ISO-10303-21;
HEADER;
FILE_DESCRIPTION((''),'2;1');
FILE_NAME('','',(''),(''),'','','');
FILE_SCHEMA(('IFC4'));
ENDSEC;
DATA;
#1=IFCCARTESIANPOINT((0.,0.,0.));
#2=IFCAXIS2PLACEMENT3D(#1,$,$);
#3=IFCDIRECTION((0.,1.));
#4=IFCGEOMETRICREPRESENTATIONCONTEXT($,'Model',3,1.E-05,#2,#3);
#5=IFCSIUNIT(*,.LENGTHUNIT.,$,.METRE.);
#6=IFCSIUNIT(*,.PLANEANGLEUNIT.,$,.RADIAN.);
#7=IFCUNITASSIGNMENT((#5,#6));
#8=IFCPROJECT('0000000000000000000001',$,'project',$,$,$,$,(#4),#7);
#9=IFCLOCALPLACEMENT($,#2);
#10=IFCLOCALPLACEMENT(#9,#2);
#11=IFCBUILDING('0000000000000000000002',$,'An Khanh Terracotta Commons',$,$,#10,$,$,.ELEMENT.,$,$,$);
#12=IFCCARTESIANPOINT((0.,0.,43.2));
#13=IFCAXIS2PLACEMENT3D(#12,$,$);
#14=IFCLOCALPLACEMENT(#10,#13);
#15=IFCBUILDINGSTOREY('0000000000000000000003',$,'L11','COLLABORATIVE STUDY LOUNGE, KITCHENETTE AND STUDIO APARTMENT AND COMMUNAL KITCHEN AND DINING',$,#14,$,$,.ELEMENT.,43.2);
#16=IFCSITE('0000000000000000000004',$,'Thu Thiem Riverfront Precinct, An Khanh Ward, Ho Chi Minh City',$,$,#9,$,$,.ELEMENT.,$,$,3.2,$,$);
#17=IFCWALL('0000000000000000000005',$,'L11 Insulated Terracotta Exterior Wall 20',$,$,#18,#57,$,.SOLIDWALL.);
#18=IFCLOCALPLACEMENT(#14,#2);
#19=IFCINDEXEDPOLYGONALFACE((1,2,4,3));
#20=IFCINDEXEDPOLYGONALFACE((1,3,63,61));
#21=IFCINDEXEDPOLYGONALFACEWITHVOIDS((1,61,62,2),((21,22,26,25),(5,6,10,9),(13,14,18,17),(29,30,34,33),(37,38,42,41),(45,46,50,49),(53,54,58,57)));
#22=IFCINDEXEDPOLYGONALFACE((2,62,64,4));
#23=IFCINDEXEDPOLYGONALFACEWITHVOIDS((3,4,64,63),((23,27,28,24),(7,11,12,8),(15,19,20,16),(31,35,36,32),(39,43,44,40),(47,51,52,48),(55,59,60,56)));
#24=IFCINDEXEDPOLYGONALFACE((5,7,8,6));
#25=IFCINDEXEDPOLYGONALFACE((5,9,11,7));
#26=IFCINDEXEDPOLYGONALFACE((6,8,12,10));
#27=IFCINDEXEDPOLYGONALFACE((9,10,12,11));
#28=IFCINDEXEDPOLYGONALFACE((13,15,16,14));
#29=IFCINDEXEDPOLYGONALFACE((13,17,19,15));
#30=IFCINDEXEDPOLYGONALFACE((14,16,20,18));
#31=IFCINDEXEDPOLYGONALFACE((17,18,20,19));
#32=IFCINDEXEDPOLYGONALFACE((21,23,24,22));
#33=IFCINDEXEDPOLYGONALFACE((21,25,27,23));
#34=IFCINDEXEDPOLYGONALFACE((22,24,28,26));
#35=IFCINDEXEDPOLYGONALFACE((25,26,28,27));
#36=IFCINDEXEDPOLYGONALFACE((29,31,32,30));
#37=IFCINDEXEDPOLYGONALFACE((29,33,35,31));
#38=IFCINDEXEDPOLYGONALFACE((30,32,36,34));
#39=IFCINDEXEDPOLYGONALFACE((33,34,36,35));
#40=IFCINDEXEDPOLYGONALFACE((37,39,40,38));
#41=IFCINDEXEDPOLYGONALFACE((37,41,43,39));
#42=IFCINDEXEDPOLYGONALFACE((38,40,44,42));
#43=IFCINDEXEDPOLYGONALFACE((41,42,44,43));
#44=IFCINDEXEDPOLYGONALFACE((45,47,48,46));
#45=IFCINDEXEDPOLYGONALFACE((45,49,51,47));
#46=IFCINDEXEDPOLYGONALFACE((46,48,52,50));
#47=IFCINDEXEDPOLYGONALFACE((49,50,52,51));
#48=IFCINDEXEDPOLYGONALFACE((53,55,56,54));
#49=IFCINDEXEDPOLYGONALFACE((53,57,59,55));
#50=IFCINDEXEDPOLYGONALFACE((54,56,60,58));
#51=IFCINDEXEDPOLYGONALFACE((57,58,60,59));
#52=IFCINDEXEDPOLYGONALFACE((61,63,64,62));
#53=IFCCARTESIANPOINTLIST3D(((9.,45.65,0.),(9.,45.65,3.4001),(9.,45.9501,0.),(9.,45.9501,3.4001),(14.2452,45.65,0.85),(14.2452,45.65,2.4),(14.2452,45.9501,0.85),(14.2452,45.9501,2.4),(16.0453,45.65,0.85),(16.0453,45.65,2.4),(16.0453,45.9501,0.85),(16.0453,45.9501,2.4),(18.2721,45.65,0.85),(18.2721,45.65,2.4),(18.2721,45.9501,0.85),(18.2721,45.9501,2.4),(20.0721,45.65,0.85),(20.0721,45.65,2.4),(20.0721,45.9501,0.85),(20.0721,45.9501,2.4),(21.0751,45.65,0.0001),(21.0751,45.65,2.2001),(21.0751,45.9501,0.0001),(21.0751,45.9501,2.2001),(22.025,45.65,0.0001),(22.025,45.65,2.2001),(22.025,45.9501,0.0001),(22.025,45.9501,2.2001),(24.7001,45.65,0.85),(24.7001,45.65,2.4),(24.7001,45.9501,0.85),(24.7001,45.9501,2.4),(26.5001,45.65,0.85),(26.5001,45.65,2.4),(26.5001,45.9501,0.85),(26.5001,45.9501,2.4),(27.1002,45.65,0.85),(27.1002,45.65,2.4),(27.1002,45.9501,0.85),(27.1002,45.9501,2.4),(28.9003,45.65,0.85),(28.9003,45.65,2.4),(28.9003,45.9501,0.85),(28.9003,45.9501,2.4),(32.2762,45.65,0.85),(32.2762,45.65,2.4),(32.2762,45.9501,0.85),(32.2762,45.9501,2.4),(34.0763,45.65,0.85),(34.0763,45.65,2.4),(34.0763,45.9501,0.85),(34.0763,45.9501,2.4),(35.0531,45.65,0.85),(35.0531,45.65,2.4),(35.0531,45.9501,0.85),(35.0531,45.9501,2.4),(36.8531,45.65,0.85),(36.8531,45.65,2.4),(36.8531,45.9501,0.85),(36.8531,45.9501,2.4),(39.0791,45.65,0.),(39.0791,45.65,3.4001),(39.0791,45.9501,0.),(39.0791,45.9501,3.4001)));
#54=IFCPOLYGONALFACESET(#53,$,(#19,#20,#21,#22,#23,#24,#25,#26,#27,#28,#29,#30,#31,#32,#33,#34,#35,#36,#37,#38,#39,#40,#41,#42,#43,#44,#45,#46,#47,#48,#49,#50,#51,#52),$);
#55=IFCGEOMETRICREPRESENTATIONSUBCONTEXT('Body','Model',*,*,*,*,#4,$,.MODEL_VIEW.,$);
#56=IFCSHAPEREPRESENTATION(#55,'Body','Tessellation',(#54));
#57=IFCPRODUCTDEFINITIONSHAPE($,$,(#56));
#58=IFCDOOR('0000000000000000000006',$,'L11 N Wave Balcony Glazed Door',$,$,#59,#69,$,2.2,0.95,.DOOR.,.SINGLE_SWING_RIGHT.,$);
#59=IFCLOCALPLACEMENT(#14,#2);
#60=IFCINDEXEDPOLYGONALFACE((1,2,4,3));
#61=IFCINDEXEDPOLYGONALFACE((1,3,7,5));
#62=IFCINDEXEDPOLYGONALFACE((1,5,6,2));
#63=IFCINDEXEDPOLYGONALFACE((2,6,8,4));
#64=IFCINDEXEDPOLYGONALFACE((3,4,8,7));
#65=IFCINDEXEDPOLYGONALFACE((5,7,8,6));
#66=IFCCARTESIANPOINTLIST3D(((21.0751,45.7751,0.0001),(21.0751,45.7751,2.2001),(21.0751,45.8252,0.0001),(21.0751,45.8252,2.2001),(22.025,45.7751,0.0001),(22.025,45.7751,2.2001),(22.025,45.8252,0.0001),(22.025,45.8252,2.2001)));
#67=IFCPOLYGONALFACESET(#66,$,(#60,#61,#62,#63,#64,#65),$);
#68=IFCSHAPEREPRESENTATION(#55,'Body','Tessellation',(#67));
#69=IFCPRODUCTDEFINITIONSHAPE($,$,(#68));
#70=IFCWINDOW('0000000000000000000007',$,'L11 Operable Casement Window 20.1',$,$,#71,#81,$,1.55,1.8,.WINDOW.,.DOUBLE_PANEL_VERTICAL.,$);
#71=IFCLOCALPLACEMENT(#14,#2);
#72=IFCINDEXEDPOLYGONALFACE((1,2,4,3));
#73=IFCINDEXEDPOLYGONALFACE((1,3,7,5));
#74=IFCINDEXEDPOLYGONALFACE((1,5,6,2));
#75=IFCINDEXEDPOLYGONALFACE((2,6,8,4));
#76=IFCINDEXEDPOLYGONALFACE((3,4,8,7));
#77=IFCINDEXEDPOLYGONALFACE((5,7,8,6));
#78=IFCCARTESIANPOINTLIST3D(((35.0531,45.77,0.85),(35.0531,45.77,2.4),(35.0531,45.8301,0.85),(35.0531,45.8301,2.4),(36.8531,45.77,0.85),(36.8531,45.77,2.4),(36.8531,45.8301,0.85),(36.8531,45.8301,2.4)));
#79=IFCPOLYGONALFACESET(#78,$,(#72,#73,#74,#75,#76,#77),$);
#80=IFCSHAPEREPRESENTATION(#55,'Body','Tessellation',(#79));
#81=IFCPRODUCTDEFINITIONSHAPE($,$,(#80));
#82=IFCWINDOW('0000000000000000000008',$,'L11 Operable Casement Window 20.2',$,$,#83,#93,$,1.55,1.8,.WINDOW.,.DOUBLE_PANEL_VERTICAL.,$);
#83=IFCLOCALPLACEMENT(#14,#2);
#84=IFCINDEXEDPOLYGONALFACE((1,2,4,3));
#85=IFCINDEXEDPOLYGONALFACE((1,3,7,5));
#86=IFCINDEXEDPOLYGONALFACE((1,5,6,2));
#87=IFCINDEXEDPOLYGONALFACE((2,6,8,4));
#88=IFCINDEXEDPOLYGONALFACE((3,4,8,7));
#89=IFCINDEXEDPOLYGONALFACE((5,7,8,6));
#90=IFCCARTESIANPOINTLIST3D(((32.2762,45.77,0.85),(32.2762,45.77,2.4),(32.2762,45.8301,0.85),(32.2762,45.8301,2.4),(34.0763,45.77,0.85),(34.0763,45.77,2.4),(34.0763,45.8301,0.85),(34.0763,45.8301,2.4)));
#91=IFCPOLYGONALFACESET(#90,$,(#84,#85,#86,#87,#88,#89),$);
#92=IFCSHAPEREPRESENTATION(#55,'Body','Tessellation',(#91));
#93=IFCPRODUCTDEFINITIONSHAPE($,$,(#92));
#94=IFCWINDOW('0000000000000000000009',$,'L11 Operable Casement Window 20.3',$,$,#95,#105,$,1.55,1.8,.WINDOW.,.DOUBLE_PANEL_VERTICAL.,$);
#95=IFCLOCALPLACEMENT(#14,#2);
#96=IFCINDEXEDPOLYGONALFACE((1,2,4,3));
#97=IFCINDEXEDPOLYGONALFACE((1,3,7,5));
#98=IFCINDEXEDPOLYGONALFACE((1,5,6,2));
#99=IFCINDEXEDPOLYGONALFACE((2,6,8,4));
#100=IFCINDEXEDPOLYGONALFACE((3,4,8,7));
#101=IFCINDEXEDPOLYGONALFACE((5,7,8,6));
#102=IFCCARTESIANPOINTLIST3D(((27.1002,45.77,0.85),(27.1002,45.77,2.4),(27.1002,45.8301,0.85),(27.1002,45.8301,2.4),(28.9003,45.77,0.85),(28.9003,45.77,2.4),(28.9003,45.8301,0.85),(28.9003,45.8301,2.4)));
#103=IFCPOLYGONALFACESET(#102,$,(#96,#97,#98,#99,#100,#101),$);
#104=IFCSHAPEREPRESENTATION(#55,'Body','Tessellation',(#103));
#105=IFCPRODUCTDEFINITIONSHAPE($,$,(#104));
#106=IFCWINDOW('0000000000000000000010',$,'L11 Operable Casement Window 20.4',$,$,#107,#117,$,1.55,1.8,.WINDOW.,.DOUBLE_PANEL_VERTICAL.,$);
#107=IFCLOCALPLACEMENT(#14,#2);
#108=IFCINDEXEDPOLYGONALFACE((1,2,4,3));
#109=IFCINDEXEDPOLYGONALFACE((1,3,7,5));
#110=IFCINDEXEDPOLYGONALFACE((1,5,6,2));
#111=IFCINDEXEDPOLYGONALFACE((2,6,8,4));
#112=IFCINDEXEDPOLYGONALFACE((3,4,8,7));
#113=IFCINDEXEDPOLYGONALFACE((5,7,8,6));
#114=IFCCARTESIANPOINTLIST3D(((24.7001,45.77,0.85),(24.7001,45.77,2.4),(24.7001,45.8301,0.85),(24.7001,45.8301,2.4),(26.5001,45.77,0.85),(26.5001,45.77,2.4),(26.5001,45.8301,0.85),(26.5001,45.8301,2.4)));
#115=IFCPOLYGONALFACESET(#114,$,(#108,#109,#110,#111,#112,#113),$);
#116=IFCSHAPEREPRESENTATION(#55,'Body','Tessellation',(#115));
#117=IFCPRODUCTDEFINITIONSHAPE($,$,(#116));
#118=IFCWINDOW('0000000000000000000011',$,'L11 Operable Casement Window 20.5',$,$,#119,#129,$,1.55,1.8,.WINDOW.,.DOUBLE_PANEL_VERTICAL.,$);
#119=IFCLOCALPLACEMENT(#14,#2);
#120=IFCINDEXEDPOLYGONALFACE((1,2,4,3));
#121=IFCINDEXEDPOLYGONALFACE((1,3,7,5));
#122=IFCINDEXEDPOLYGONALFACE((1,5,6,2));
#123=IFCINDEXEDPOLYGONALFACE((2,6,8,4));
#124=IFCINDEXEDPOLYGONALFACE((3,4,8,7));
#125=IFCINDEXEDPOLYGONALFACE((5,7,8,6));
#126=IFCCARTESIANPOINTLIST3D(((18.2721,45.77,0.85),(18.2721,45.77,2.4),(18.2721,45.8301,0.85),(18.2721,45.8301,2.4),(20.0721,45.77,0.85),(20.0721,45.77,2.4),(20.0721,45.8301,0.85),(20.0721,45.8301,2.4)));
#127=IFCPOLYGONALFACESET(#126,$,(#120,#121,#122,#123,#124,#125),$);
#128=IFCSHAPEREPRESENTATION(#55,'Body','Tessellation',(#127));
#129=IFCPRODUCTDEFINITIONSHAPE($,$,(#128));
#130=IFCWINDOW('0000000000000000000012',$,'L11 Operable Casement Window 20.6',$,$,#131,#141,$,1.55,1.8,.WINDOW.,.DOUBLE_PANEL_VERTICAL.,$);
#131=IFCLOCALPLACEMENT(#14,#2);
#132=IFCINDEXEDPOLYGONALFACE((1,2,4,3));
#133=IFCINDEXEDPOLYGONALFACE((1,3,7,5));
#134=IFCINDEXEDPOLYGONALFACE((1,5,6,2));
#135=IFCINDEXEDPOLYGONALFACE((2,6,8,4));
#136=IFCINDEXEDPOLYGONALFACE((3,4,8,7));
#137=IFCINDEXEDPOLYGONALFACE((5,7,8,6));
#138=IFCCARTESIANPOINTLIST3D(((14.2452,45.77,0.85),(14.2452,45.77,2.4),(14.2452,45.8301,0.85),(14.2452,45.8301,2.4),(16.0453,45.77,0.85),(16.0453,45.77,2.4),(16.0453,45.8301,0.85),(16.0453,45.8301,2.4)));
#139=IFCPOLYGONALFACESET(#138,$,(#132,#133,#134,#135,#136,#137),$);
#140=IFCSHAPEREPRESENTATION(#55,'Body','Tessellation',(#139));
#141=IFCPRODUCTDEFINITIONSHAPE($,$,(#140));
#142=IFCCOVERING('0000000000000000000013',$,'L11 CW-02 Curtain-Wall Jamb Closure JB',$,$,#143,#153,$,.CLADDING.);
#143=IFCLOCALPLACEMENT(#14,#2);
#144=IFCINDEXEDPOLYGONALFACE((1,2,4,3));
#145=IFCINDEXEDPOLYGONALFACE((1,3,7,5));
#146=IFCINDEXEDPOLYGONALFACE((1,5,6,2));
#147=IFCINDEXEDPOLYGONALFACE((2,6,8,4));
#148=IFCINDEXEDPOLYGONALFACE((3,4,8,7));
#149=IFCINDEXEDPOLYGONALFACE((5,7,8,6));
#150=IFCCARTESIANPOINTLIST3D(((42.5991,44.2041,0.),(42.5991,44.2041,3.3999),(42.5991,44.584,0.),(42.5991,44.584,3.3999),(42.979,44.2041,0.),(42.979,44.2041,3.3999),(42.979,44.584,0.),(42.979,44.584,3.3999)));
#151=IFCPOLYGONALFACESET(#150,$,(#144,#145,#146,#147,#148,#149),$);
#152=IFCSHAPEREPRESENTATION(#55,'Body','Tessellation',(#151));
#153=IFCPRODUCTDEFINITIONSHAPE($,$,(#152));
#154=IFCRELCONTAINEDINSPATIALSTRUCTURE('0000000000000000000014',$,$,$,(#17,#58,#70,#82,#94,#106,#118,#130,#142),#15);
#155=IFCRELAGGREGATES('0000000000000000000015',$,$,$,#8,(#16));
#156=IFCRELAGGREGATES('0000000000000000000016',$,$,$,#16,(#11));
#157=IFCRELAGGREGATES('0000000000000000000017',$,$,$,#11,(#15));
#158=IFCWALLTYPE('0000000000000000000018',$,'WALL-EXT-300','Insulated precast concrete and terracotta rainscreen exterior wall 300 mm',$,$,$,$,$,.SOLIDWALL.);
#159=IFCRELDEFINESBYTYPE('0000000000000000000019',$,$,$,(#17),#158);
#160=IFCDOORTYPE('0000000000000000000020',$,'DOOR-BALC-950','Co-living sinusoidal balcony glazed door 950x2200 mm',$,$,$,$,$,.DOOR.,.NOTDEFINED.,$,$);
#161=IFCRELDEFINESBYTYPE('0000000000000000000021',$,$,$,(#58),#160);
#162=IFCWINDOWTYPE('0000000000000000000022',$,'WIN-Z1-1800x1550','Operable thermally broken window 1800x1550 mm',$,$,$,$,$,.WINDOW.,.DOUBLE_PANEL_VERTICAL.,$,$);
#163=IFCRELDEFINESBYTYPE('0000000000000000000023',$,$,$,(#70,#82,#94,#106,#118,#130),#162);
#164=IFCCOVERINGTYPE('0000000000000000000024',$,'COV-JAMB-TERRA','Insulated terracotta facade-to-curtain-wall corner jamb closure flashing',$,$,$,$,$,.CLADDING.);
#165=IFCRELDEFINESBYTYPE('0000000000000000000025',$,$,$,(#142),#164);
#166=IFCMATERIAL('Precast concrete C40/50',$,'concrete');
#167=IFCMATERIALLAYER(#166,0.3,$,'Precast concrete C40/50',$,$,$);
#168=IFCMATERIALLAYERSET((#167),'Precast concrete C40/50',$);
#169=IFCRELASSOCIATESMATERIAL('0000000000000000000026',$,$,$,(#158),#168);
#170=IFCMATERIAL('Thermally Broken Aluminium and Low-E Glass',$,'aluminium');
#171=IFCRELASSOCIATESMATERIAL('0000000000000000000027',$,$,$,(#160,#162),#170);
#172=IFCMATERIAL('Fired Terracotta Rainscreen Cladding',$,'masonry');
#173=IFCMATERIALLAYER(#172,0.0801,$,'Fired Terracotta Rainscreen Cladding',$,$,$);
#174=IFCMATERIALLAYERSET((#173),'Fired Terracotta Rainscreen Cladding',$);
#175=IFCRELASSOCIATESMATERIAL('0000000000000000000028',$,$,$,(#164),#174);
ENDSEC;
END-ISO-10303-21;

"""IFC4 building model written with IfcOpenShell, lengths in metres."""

from ifc_helpers import new_model, si_unit, direction, frame, frame_2d, origin, origin_2d, place, context, subcontext, project, spatial, rectangle, extrude, material, layer, layer_set, type_object, element, fill, save


model = new_model("IFC4")

# Units and contexts
model_context = context("Model", 3, precision=1e-05, world=origin(), true_north=direction((0.0, 1.0)))
body_context = subcontext(model_context, "Body", "Model", "MODEL_VIEW")
ifc_project = project(units=[si_unit("LENGTHUNIT", "METRE"), si_unit("PLANEANGLEUNIT", "RADIAN")], contexts=[model_context])

# Site, building, storey
site_placement = place(None, origin())
site = spatial("IfcSite", under=ifc_project, at=site_placement, Name="Thu Thiem Riverfront Precinct, An Khanh Ward, Ho Chi Minh City", CompositionType="ELEMENT", RefElevation=3.2)
building_placement = place(site_placement, origin())
building = spatial("IfcBuilding", under=site, at=building_placement, Name="An Khanh Terracotta Commons", CompositionType="ELEMENT")
storey_placement = place(building_placement, frame((0.0, 0.0, 43.2)))
storey = spatial("IfcBuildingStorey", under=building, at=storey_placement, Name="L11", Description="COLLABORATIVE STUDY LOUNGE, KITCHENETTE AND STUDIO APARTMENT AND COMMUNAL KITCHEN AND DINING", CompositionType="ELEMENT", Elevation=43.2)

# Shared definitions
ifc_material_1 = material(Name="Precast concrete C40/50", Category="concrete")
ifc_layer_1 = layer(ifc_material_1, 0.3, Name="Precast concrete C40/50")
ifc_layer_set_1 = layer_set([ifc_layer_1], Name="Precast concrete C40/50")
wall_type_1 = type_object("IfcWallType", Name="WALL-EXT-300", Description="Insulated precast concrete and terracotta rainscreen exterior wall 300 mm", PredefinedType="SOLIDWALL", material=ifc_layer_set_1)

# Wall, openings, door, windows
wall_1_placement = place(storey_placement, frame((39.0791, 45.8, 0.0), z_axis=(0.0, 0.0, 1.0), x_axis=(-1.0, 0.0, 0.0)))
wall_1 = element("IfcWall", 1, at=wall_1_placement, inside=storey, type_object=wall_type_1, Name="L11 Insulated Terracotta Exterior Wall 20", PredefinedType="SOLIDWALL", context=body_context, shape_type="SweptSolid", body=[
    extrude(rectangle(XDim=30.0791, YDim=0.3, at=frame_2d((15.0396, 0.0))), origin(), (0.0, 0.0, 1.0), 3.4001),
])
opening_1_placement = place(wall_1_placement, frame((17.054, 0.0, 0.0)))
opening_1 = element("IfcOpeningElement", 2, at=opening_1_placement, cuts=wall_1, PredefinedType="OPENING", context=body_context, shape_type="SweptSolid", body=[
    extrude(rectangle(XDim=0.95, YDim=2.2, at=frame_2d((0.4751, 1.1001))), frame((0.0, 0.1599, 0.0), z_axis=(0.0, -1.0, 0.0), x_axis=(1.0, 0.0, 0.0)), (0.0, 0.0, 1.0), 0.3201),
])
opening_2_placement = place(wall_1_placement, frame((2.2261, 0.0, 0.8501)))
opening_2 = element("IfcOpeningElement", 3, at=opening_2_placement, cuts=wall_1, PredefinedType="OPENING", context=body_context, shape_type="SweptSolid", body=[
    extrude(rectangle(XDim=1.8, YDim=1.55, at=frame_2d((0.8999, 0.7749))), frame((0.0, 0.1599, 0.0), z_axis=(0.0, -1.0, 0.0), x_axis=(1.0, 0.0, 0.0)), (0.0, 0.0, 1.0), 0.3201),
])
opening_3_placement = place(wall_1_placement, frame((5.0029, 0.0, 0.8501)))
opening_3 = element("IfcOpeningElement", 4, at=opening_3_placement, cuts=wall_1, PredefinedType="OPENING", context=body_context, shape_type="SweptSolid", body=[
    extrude(rectangle(XDim=1.8, YDim=1.55, at=frame_2d((0.8999, 0.7749))), frame((0.0, 0.1599, 0.0), z_axis=(0.0, -1.0, 0.0), x_axis=(1.0, 0.0, 0.0)), (0.0, 0.0, 1.0), 0.3201),
])
opening_4_placement = place(wall_1_placement, frame((10.179, 0.0, 0.8501)))
opening_4 = element("IfcOpeningElement", 5, at=opening_4_placement, cuts=wall_1, PredefinedType="OPENING", context=body_context, shape_type="SweptSolid", body=[
    extrude(rectangle(XDim=1.8, YDim=1.55, at=frame_2d((0.8999, 0.7749))), frame((0.0, 0.1599, 0.0), z_axis=(0.0, -1.0, 0.0), x_axis=(1.0, 0.0, 0.0)), (0.0, 0.0, 1.0), 0.3201),
])
opening_5_placement = place(wall_1_placement, frame((12.5791, 0.0, 0.8501)))
opening_5 = element("IfcOpeningElement", 6, at=opening_5_placement, cuts=wall_1, PredefinedType="OPENING", context=body_context, shape_type="SweptSolid", body=[
    extrude(rectangle(XDim=1.8, YDim=1.55, at=frame_2d((0.8999, 0.7749))), frame((0.0, 0.1599, 0.0), z_axis=(0.0, -1.0, 0.0), x_axis=(1.0, 0.0, 0.0)), (0.0, 0.0, 1.0), 0.3201),
])
opening_6_placement = place(wall_1_placement, frame((19.0071, 0.0, 0.8501)))
opening_6 = element("IfcOpeningElement", 7, at=opening_6_placement, cuts=wall_1, PredefinedType="OPENING", context=body_context, shape_type="SweptSolid", body=[
    extrude(rectangle(XDim=1.8, YDim=1.55, at=frame_2d((0.8999, 0.7749))), frame((0.0, 0.1599, 0.0), z_axis=(0.0, -1.0, 0.0), x_axis=(1.0, 0.0, 0.0)), (0.0, 0.0, 1.0), 0.3201),
])
opening_7_placement = place(wall_1_placement, frame((23.0339, 0.0, 0.8501)))
opening_7 = element("IfcOpeningElement", 8, at=opening_7_placement, cuts=wall_1, PredefinedType="OPENING", context=body_context, shape_type="SweptSolid", body=[
    extrude(rectangle(XDim=1.8, YDim=1.55, at=frame_2d((0.8999, 0.7749))), frame((0.0, 0.1599, 0.0), z_axis=(0.0, -1.0, 0.0), x_axis=(1.0, 0.0, 0.0)), (0.0, 0.0, 1.0), 0.3201),
])
ifc_material_2 = material(Name="Thermally Broken Aluminium and Low-E Glass", Category="aluminium")
door_type_1 = type_object("IfcDoorType", Name="DOOR-BALC-950", Description="Co-living sinusoidal balcony glazed door 950x2200 mm", OperationType="NOTDEFINED", PredefinedType="DOOR", material=ifc_material_2)
door_1_placement = place(opening_1_placement, origin())
door_1 = element("IfcDoor", 9, at=door_1_placement, inside=storey, type_object=door_type_1, Name="L11 N Wave Balcony Glazed Door", OperationType="SINGLE_SWING_RIGHT", OverallHeight=2.2, OverallWidth=0.95, PredefinedType="DOOR", context=body_context, shape_type="SweptSolid", body=[
    extrude(rectangle(XDim=0.95, YDim=2.2, at=frame_2d((0.4751, 1.1001))), frame((0.0, 0.0249, 0.0), z_axis=(0.0, -1.0, 0.0), x_axis=(1.0, 0.0, 0.0)), (0.0, 0.0, 1.0), 0.05),
])
fill(opening_1, door_1)
window_type = type_object("IfcWindowType", Name="WIN-Z1-1800x1550", Description="Operable thermally broken window 1800x1550 mm", PartitioningType="DOUBLE_PANEL_VERTICAL", PredefinedType="WINDOW", material=ifc_material_2)
window_1_placement = place(opening_2_placement, origin())
window_1 = element("IfcWindow", 10, at=window_1_placement, inside=storey, type_object=window_type, Name="L11 Operable Casement Window 20.1", OverallHeight=1.55, OverallWidth=1.8, PartitioningType="DOUBLE_PANEL_VERTICAL", PredefinedType="WINDOW", context=body_context, shape_type="SweptSolid", body=[
    extrude(rectangle(XDim=1.8, YDim=1.55, at=frame_2d((0.8999, 0.7749))), frame((0.0, 0.03, 0.0), z_axis=(0.0, -1.0, 0.0), x_axis=(1.0, 0.0, 0.0)), (0.0, 0.0, 1.0), 0.0601),
])
fill(opening_2, window_1)
window_2_placement = place(opening_3_placement, origin())
window_2 = element("IfcWindow", 11, at=window_2_placement, inside=storey, type_object=window_type, Name="L11 Operable Casement Window 20.2", OverallHeight=1.55, OverallWidth=1.8, PartitioningType="DOUBLE_PANEL_VERTICAL", PredefinedType="WINDOW", context=body_context, shape_type="SweptSolid", body=[
    extrude(rectangle(XDim=1.8, YDim=1.55, at=frame_2d((0.8999, 0.7749))), frame((0.0, 0.03, 0.0), z_axis=(0.0, -1.0, 0.0), x_axis=(1.0, 0.0, 0.0)), (0.0, 0.0, 1.0), 0.0601),
])
fill(opening_3, window_2)
window_3_placement = place(opening_4_placement, origin())
window_3 = element("IfcWindow", 12, at=window_3_placement, inside=storey, type_object=window_type, Name="L11 Operable Casement Window 20.3", OverallHeight=1.55, OverallWidth=1.8, PartitioningType="DOUBLE_PANEL_VERTICAL", PredefinedType="WINDOW", context=body_context, shape_type="SweptSolid", body=[
    extrude(rectangle(XDim=1.8, YDim=1.55, at=frame_2d((0.8999, 0.7749))), frame((0.0, 0.03, 0.0), z_axis=(0.0, -1.0, 0.0), x_axis=(1.0, 0.0, 0.0)), (0.0, 0.0, 1.0), 0.0601),
])
fill(opening_4, window_3)
window_4_placement = place(opening_5_placement, origin())
window_4 = element("IfcWindow", 13, at=window_4_placement, inside=storey, type_object=window_type, Name="L11 Operable Casement Window 20.4", OverallHeight=1.55, OverallWidth=1.8, PartitioningType="DOUBLE_PANEL_VERTICAL", PredefinedType="WINDOW", context=body_context, shape_type="SweptSolid", body=[
    extrude(rectangle(XDim=1.8, YDim=1.55, at=frame_2d((0.8999, 0.7749))), frame((0.0, 0.03, 0.0), z_axis=(0.0, -1.0, 0.0), x_axis=(1.0, 0.0, 0.0)), (0.0, 0.0, 1.0), 0.0601),
])
fill(opening_5, window_4)
window_5_placement = place(opening_6_placement, origin())
window_5 = element("IfcWindow", 14, at=window_5_placement, inside=storey, type_object=window_type, Name="L11 Operable Casement Window 20.5", OverallHeight=1.55, OverallWidth=1.8, PartitioningType="DOUBLE_PANEL_VERTICAL", PredefinedType="WINDOW", context=body_context, shape_type="SweptSolid", body=[
    extrude(rectangle(XDim=1.8, YDim=1.55, at=frame_2d((0.8999, 0.7749))), frame((0.0, 0.03, 0.0), z_axis=(0.0, -1.0, 0.0), x_axis=(1.0, 0.0, 0.0)), (0.0, 0.0, 1.0), 0.0601),
])
fill(opening_6, window_5)
window_6_placement = place(opening_7_placement, origin())
window_6 = element("IfcWindow", 15, at=window_6_placement, inside=storey, type_object=window_type, Name="L11 Operable Casement Window 20.6", OverallHeight=1.55, OverallWidth=1.8, PartitioningType="DOUBLE_PANEL_VERTICAL", PredefinedType="WINDOW", context=body_context, shape_type="SweptSolid", body=[
    extrude(rectangle(XDim=1.8, YDim=1.55, at=frame_2d((0.8999, 0.7749))), frame((0.0, 0.03, 0.0), z_axis=(0.0, -1.0, 0.0), x_axis=(1.0, 0.0, 0.0)), (0.0, 0.0, 1.0), 0.0601),
])
fill(opening_7, window_6)

# Covering
ifc_material_3 = material(Name="Fired Terracotta Rainscreen Cladding", Category="masonry")
ifc_layer_2 = layer(ifc_material_3, 0.0801, Name="Fired Terracotta Rainscreen Cladding")
ifc_layer_set_2 = layer_set([ifc_layer_2], Name="Fired Terracotta Rainscreen Cladding")
covering_type = type_object("IfcCoveringType", Name="COV-JAMB-TERRA", Description="Insulated terracotta facade-to-curtain-wall corner jamb closure flashing", PredefinedType="CLADDING", material=ifc_layer_set_2)
covering_placement = place(storey_placement, frame((42.7891, 44.394, 0.0), z_axis=(0.0, 0.0, 1.0), x_axis=(1.0, 0.0, 0.0)))
element("IfcCovering", 16, at=covering_placement, inside=storey, type_object=covering_type, Name="L11 CW-02 Curtain-Wall Jamb Closure JB", PredefinedType="CLADDING", context=body_context, shape_type="SweptSolid", body=[
    extrude(rectangle(XDim=0.3799, YDim=0.3799, at=origin_2d()), origin(), (0.0, 0.0, 1.0), 3.3999),
])

save(model, "model.ifc")
